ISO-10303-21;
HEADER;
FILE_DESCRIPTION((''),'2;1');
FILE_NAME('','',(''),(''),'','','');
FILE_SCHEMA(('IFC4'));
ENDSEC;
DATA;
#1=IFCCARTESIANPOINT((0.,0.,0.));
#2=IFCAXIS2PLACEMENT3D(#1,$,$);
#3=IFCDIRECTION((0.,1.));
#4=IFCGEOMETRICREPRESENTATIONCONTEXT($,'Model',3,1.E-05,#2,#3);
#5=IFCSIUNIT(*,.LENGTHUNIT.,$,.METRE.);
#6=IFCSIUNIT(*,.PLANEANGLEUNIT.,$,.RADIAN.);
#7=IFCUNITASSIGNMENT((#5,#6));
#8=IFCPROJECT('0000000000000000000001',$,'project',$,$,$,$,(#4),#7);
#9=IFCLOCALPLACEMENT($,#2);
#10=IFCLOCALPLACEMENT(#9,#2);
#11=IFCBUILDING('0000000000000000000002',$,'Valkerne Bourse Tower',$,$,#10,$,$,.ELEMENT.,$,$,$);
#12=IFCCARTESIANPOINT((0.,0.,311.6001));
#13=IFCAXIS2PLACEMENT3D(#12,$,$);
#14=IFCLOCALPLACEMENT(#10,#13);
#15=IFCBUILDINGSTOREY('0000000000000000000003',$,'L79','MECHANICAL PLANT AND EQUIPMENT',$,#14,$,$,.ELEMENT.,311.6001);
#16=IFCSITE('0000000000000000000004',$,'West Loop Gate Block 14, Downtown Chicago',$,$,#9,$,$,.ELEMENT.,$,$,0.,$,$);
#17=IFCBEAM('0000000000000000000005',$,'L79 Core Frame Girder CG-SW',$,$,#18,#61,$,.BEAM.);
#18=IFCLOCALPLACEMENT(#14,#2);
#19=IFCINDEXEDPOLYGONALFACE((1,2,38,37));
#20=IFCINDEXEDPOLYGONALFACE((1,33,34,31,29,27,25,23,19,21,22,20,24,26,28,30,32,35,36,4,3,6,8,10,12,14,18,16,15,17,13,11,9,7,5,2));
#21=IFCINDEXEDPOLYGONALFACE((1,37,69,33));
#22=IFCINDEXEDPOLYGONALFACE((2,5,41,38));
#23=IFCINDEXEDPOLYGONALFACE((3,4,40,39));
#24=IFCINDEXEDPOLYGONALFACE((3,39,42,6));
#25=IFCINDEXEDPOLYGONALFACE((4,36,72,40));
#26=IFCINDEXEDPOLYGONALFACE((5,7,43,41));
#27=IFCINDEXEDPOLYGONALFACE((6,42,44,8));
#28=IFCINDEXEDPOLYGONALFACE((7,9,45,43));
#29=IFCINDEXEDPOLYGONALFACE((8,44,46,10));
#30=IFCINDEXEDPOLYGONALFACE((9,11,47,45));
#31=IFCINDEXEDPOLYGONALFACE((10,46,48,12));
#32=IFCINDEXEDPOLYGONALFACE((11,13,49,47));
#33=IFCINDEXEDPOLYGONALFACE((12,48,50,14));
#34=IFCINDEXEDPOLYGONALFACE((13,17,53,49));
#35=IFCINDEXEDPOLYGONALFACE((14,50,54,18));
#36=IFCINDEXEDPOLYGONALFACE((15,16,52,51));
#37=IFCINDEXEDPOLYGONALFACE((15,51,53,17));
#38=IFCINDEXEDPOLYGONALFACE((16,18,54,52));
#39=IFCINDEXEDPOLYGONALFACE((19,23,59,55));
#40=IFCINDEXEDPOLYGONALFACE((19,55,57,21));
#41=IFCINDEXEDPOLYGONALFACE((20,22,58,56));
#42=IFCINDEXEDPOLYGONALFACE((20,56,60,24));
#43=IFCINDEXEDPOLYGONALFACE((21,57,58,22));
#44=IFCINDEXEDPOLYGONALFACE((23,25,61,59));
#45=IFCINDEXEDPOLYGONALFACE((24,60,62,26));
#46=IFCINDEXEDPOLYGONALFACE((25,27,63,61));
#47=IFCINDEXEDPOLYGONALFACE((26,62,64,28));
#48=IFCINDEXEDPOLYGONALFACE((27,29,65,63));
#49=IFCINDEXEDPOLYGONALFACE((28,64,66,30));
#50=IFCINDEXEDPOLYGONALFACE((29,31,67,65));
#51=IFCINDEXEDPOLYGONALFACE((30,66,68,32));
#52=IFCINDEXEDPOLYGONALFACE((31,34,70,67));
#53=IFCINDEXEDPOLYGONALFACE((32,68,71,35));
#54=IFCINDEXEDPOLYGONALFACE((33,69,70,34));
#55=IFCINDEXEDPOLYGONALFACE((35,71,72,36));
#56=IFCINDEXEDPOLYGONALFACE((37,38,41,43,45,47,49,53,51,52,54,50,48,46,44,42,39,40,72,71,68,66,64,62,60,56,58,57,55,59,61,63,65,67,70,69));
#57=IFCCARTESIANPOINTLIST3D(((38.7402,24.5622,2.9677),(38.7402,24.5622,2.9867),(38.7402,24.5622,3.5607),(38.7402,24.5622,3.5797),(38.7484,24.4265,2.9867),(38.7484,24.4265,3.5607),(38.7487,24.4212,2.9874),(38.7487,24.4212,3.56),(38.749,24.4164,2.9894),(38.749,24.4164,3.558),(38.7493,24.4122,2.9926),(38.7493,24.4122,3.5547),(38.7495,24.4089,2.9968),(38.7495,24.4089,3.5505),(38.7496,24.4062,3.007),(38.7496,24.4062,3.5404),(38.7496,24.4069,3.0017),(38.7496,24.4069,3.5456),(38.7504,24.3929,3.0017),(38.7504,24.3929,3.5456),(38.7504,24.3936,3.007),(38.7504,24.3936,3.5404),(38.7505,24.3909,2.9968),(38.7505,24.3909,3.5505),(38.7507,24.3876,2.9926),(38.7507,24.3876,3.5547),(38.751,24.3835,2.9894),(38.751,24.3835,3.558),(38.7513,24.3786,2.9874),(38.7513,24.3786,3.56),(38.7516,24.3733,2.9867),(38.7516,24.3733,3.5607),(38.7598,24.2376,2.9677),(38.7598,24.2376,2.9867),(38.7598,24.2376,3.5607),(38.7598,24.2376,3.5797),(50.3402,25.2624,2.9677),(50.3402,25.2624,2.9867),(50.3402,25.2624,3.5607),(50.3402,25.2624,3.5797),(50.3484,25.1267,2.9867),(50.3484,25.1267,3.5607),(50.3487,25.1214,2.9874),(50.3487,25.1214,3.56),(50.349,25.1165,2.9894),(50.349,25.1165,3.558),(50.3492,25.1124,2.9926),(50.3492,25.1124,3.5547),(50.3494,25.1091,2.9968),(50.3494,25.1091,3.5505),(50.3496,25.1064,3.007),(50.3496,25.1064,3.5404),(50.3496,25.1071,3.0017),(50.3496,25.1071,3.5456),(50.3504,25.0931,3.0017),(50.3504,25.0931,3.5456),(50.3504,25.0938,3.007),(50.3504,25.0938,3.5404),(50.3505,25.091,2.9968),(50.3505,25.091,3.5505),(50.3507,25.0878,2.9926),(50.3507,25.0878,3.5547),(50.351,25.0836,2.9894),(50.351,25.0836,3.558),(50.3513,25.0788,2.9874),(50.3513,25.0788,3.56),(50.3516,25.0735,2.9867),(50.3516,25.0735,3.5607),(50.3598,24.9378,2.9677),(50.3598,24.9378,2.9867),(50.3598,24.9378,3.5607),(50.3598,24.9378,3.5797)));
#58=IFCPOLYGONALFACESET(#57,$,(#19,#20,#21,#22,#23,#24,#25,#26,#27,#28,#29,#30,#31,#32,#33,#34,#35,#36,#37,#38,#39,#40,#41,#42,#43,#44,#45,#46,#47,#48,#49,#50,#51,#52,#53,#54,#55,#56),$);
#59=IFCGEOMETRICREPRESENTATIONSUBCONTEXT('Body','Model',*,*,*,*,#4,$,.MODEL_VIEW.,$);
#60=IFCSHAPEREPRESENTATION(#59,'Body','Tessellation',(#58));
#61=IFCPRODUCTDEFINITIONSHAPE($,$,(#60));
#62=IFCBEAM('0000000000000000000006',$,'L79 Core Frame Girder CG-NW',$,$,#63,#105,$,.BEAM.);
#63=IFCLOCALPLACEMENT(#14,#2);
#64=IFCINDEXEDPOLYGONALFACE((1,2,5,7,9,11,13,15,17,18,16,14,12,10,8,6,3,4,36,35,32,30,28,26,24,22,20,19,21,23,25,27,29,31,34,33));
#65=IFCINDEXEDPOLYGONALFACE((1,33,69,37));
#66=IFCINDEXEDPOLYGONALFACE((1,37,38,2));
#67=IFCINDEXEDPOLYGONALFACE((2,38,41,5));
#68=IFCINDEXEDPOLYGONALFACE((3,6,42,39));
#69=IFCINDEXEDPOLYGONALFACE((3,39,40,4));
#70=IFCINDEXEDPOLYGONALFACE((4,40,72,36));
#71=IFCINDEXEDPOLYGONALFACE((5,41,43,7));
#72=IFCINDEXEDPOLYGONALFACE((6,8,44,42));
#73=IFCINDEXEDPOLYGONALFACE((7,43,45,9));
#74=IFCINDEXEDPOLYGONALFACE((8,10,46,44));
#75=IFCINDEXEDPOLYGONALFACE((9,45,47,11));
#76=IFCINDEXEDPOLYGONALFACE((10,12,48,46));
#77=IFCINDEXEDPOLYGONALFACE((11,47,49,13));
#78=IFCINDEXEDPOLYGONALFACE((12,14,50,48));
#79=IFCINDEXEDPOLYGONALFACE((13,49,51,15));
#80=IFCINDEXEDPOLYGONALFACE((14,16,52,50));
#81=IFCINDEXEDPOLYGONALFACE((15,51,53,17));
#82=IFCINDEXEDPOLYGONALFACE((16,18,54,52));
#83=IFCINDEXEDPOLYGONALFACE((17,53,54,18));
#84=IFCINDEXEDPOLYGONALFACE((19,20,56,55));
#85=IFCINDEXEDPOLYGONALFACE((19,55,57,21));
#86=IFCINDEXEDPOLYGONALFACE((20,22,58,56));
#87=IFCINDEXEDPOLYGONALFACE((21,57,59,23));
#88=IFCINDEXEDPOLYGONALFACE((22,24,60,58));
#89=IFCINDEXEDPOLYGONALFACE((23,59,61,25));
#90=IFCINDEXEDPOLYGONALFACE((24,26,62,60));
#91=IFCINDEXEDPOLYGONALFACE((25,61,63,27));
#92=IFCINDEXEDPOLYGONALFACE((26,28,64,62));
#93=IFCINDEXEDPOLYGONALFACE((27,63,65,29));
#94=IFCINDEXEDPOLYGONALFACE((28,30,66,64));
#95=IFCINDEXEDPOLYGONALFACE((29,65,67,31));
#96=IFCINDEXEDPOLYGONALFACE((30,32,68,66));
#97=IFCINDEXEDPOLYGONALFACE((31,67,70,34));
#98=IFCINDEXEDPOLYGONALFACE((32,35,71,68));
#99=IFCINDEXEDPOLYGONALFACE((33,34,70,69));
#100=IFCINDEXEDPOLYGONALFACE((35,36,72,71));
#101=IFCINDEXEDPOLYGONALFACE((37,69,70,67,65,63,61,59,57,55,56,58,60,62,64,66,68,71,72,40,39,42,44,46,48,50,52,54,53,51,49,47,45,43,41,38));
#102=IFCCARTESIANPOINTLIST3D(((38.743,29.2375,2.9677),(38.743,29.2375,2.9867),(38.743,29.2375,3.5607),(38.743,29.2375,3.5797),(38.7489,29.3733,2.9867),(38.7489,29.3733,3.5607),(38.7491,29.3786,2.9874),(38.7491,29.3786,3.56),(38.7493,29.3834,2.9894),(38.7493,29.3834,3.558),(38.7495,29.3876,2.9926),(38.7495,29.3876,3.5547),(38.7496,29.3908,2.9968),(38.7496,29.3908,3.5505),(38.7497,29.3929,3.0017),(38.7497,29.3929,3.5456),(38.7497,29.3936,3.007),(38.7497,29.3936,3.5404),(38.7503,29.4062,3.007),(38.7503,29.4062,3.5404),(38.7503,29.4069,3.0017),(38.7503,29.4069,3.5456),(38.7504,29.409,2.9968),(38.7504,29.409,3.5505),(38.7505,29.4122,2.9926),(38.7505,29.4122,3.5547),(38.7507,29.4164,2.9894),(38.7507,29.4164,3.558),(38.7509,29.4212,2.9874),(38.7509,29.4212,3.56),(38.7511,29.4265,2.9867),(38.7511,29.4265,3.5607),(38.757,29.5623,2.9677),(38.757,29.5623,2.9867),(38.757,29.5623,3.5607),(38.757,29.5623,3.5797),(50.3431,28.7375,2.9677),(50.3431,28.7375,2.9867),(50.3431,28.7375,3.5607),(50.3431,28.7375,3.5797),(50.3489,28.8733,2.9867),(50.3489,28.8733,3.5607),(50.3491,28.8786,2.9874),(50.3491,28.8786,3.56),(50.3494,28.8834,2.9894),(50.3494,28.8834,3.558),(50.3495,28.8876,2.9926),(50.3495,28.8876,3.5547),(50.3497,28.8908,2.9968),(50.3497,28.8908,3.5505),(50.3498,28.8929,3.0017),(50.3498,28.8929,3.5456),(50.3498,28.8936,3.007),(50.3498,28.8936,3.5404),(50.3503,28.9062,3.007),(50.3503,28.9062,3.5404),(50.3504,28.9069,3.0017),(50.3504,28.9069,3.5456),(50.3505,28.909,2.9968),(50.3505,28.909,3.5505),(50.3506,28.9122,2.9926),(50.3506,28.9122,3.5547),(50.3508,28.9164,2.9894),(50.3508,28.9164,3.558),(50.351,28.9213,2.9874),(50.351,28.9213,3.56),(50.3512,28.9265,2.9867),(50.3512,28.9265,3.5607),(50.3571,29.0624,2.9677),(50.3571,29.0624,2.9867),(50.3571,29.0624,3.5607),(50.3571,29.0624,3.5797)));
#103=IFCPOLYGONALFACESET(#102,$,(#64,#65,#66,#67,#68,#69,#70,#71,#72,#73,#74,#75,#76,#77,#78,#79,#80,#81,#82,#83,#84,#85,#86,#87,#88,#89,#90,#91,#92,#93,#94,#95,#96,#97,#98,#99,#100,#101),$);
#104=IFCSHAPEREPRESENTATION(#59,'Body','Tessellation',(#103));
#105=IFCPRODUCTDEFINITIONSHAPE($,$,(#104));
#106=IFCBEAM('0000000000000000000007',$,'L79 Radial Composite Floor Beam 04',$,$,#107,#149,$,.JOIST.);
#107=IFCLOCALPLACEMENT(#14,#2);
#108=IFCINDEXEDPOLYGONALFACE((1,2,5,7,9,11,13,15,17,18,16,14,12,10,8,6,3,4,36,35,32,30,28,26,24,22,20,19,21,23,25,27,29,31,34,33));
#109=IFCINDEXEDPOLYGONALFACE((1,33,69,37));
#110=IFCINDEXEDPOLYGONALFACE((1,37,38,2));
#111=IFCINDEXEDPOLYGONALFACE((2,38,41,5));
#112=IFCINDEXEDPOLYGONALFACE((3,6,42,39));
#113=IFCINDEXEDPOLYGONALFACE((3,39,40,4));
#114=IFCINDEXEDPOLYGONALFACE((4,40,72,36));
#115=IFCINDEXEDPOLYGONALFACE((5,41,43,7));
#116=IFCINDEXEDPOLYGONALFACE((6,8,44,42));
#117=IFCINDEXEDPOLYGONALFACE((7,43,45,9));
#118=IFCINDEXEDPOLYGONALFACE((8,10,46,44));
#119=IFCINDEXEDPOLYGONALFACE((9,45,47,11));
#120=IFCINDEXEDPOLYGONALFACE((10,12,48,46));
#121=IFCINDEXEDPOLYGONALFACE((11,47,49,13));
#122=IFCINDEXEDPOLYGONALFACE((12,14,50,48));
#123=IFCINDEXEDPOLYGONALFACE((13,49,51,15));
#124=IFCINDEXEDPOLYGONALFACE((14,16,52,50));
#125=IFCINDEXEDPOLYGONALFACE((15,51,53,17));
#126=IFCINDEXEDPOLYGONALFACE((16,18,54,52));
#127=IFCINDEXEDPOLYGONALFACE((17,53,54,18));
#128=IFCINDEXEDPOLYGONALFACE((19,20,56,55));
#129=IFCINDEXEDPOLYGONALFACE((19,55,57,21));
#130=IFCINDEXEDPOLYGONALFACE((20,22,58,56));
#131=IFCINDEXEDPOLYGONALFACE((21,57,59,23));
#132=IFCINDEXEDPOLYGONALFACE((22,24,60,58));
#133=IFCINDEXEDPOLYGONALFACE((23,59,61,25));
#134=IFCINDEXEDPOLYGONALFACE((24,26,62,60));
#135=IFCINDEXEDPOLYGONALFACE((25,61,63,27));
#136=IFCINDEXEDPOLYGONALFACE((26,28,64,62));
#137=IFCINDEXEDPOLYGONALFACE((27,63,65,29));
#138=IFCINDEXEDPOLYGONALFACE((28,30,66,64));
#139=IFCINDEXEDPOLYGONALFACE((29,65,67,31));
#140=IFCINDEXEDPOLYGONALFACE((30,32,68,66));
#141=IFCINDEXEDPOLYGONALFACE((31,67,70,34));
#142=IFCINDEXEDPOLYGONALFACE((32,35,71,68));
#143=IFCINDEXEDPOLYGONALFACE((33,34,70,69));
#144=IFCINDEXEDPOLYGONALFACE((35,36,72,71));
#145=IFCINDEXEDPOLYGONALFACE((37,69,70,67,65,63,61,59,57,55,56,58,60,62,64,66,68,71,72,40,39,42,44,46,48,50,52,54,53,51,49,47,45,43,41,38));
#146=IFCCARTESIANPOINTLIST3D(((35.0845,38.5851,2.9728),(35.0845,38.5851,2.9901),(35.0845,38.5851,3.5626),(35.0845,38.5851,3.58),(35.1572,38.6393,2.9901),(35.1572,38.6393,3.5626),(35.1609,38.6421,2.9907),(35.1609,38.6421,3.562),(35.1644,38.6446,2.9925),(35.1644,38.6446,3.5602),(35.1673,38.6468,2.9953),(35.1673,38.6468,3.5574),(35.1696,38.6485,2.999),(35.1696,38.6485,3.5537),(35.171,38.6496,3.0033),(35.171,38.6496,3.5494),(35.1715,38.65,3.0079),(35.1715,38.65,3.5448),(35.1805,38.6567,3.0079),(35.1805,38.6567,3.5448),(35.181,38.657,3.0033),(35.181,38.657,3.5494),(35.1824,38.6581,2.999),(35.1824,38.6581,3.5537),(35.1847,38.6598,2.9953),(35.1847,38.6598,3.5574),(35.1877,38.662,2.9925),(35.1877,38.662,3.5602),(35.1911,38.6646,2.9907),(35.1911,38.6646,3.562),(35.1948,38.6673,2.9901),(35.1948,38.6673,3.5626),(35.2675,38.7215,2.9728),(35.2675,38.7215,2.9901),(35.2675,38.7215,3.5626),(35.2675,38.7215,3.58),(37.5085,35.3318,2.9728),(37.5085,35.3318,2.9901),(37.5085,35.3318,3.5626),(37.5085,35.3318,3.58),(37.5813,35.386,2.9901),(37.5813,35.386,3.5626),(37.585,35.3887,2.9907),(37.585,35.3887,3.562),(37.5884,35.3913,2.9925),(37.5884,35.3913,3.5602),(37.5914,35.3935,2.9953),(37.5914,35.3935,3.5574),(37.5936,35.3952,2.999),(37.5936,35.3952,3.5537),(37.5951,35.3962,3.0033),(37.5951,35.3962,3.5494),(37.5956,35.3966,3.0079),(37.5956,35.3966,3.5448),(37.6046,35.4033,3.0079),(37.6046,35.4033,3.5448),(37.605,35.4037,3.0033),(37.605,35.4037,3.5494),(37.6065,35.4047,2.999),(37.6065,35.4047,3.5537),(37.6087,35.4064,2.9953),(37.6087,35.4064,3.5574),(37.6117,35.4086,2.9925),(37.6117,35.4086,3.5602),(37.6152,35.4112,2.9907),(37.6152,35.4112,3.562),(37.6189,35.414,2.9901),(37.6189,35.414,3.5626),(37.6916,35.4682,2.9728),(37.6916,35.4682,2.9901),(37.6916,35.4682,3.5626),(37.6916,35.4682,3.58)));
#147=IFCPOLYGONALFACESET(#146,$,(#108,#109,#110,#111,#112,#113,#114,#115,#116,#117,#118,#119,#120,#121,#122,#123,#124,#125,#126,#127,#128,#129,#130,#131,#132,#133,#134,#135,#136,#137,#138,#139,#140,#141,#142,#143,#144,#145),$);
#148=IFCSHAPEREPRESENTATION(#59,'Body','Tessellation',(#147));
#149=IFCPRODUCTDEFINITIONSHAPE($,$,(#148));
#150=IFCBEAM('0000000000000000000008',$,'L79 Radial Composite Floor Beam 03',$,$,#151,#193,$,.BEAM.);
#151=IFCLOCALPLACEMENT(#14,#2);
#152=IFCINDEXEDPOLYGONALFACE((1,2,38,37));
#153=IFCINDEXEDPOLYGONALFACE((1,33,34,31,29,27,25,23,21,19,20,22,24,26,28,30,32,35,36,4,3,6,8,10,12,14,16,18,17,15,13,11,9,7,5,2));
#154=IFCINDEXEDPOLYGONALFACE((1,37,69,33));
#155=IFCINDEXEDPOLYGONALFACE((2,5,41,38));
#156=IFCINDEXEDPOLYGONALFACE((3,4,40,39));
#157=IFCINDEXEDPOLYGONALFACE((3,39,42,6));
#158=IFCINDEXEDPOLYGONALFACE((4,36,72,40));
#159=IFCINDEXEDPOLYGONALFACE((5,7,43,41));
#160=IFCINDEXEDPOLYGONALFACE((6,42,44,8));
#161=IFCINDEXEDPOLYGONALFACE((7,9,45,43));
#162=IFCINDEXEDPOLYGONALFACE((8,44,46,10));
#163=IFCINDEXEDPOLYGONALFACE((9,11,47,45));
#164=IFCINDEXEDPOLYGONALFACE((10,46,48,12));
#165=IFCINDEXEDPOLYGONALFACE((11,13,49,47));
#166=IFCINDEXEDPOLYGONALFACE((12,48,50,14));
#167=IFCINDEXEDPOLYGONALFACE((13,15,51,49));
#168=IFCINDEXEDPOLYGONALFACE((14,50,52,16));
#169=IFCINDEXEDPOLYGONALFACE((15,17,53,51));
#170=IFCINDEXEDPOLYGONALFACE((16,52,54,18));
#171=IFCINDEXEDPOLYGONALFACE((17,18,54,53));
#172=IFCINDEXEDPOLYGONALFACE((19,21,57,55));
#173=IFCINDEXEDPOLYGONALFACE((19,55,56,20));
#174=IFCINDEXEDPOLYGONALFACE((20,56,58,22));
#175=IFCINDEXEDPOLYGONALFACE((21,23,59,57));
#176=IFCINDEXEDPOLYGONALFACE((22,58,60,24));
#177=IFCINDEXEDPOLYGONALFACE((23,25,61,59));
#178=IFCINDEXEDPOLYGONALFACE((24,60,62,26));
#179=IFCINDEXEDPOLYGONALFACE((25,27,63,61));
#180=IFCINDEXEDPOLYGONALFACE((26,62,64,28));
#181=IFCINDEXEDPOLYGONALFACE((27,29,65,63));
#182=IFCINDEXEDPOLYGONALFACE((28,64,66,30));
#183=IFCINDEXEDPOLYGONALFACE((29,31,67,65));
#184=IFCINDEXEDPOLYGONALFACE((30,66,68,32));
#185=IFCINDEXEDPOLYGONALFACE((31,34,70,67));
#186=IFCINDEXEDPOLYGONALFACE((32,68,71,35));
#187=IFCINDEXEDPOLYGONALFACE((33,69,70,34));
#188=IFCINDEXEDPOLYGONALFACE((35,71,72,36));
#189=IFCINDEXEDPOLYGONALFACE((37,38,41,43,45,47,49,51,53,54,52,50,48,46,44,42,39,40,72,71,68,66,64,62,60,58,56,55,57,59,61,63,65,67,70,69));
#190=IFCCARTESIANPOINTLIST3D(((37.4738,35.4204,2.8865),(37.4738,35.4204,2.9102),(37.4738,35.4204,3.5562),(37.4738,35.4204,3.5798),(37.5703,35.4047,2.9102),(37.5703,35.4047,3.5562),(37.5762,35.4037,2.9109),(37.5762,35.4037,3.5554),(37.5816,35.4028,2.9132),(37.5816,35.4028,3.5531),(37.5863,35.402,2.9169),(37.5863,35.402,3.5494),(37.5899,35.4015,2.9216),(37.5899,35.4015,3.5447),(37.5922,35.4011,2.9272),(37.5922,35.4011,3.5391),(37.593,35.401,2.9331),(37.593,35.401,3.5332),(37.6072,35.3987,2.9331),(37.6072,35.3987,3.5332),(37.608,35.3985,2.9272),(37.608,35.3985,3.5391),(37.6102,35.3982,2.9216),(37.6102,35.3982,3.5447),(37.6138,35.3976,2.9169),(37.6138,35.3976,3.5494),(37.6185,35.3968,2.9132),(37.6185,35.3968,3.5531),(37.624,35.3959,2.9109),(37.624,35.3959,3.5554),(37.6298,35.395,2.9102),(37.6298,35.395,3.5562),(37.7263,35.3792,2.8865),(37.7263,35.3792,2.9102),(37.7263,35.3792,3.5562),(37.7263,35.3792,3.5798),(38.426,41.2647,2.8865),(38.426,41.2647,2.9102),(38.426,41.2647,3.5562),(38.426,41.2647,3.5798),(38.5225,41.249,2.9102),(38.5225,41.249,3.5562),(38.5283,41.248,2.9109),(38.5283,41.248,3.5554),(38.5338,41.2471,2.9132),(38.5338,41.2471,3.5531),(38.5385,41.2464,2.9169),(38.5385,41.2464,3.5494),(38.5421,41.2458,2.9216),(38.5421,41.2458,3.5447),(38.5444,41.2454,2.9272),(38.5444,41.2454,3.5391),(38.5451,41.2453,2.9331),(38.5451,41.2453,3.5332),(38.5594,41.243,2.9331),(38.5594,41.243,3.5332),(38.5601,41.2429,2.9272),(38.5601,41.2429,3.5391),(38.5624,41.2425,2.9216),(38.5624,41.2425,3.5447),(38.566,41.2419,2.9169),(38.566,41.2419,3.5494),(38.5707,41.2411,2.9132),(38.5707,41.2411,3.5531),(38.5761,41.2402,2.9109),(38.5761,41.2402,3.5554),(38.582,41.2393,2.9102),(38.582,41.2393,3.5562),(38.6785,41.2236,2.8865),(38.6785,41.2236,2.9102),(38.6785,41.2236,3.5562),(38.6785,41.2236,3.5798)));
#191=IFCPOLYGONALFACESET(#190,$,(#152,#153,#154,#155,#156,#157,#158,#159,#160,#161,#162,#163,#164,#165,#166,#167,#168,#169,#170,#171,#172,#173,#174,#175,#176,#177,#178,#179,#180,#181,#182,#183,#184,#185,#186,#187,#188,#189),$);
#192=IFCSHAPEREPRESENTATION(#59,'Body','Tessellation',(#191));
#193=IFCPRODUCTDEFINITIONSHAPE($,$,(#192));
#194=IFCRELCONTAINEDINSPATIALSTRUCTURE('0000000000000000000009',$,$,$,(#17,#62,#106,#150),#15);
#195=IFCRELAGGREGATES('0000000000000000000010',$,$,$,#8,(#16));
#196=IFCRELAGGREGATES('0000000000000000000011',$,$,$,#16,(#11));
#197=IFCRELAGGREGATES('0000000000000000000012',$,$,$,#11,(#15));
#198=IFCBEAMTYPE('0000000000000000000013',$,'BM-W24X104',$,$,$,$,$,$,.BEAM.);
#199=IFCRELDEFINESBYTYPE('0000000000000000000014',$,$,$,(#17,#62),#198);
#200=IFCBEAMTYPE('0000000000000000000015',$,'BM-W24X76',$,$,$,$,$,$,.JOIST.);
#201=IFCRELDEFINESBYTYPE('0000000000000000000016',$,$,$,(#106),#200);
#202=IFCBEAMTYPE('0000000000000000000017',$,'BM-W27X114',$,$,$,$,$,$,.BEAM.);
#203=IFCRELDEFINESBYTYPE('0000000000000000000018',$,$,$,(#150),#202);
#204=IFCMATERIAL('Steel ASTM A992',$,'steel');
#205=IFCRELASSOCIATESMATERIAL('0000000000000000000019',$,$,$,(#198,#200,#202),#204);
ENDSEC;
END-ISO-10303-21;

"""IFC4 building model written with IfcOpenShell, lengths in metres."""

from ifc_helpers import new_model, si_unit, direction, frame, origin, origin_2d, place, context, subcontext, project, spatial, i_section, extrude, material, material_profile, profile_set, type_object, element, save


model = new_model("IFC4")

# Units and contexts
model_context = context("Model", 3, precision=1e-05, world=origin(), true_north=direction((0.0, 1.0)))
body_context = subcontext(model_context, "Body", "Model", "MODEL_VIEW")
ifc_project = project(units=[si_unit("LENGTHUNIT", "METRE"), si_unit("PLANEANGLEUNIT", "RADIAN")], contexts=[model_context])

# Site, building, storey
site_placement = place(None, origin())
site = spatial("IfcSite", under=ifc_project, at=site_placement, Name="West Loop Gate Block 14, Downtown Chicago", CompositionType="ELEMENT", RefElevation=0.0)
building_placement = place(site_placement, origin())
building = spatial("IfcBuilding", under=site, at=building_placement, Name="Valkerne Bourse Tower", CompositionType="ELEMENT")
storey_placement = place(building_placement, frame((0.0, 0.0, 311.6001)))
storey = spatial("IfcBuildingStorey", under=building, at=storey_placement, Name="L79", Description="MECHANICAL PLANT AND EQUIPMENT", CompositionType="ELEMENT", Elevation=311.6001)

# Beams
ifc_material_1 = material(Name="Steel ASTM A992", Category="steel")
ifc_material_profile_1 = material_profile(ifc_material_1, i_section(OverallWidth=0.3252, OverallDepth=0.6121, WebThickness=0.0127, FlangeThickness=0.019, FilletRadius=0.0203, at=origin_2d()), Name="W24X104")
ifc_profile_set_1 = profile_set([ifc_material_profile_1], Name="Steel ASTM A992")
beam_type_1 = type_object("IfcBeamType", Name="BM-W24X104", PredefinedType="BEAM", material=ifc_profile_set_1)
beam_1_placement = place(storey_placement, frame((38.75, 24.3999, 3.2737), z_axis=(0.998183, 0.060251, 0.0), x_axis=(-0.060251, 0.998183, 0.0)))
element("IfcBeam", 1, at=beam_1_placement, inside=storey, type_object=beam_type_1, Name="L79 Core Frame Girder CG-SW", PredefinedType="BEAM", context=body_context, shape_type="SweptSolid", body=[
    extrude(i_section(OverallWidth=0.3252, OverallDepth=0.6121, WebThickness=0.0127, FlangeThickness=0.019, FilletRadius=0.0203, at=origin_2d()), origin(), (0.0, 0.0, 1.0), 11.6211),
])
beam_2_placement = place(storey_placement, frame((38.75, 29.3999, 3.2737), z_axis=(0.999072, -0.043063, 0.0), x_axis=(0.043063, 0.999072, 0.0)))
element("IfcBeam", 2, at=beam_2_placement, inside=storey, type_object=beam_type_1, Name="L79 Core Frame Girder CG-NW", PredefinedType="BEAM", context=body_context, shape_type="SweptSolid", body=[
    extrude(i_section(OverallWidth=0.3252, OverallDepth=0.6121, WebThickness=0.0127, FlangeThickness=0.019, FilletRadius=0.0203, at=origin_2d()), origin(), (0.0, 0.0, 1.0), 11.6108),
])
ifc_material_profile_2 = material_profile(ifc_material_1, i_section(OverallWidth=0.2283, OverallDepth=0.6072, WebThickness=0.0112, FlangeThickness=0.0173, FilletRadius=0.0178, at=origin_2d()), Name="W24X76")
ifc_profile_set_2 = profile_set([ifc_material_profile_2], Name="Steel ASTM A992")
beam_type_2 = type_object("IfcBeamType", Name="BM-W24X76", PredefinedType="JOIST", material=ifc_profile_set_2)
beam_3_placement = place(storey_placement, frame((35.176, 38.6533, 3.2764), z_axis=(0.597474, -0.801888, 0.0), x_axis=(0.801888, 0.597474, 0.0)))
element("IfcBeam", 3, at=beam_3_placement, inside=storey, type_object=beam_type_2, Name="L79 Radial Composite Floor Beam 04", PredefinedType="JOIST", context=body_context, shape_type="SweptSolid", body=[
    extrude(i_section(OverallWidth=0.2283, OverallDepth=0.6072, WebThickness=0.0112, FlangeThickness=0.0173, FilletRadius=0.0178, at=origin_2d()), origin(), (0.0, 0.0, 1.0), 4.0571),
])
ifc_material_profile_3 = material_profile(ifc_material_1, i_section(OverallWidth=0.2559, OverallDepth=0.6934, WebThickness=0.0144, FlangeThickness=0.0237, FilletRadius=0.0229, at=origin_2d()), Name="W27X114")
ifc_profile_set_3 = profile_set([ifc_material_profile_3], Name="Steel ASTM A992")
beam_type_3 = type_object("IfcBeamType", Name="BM-W27X114", PredefinedType="BEAM", material=ifc_profile_set_3)
beam_4_placement = place(storey_placement, frame((38.5522, 41.2441, 3.2332), z_axis=(-0.160801, -0.986987, 0.0), x_axis=(0.986987, -0.160801, 0.0)))
element("IfcBeam", 4, at=beam_4_placement, inside=storey, type_object=beam_type_3, Name="L79 Radial Composite Floor Beam 03", PredefinedType="BEAM", context=body_context, shape_type="SweptSolid", body=[
    extrude(i_section(OverallWidth=0.2559, OverallDepth=0.6934, WebThickness=0.0144, FlangeThickness=0.0237, FilletRadius=0.0229, at=origin_2d()), origin(), (0.0, 0.0, 1.0), 5.9214),
])

save(model, "model.ifc")
